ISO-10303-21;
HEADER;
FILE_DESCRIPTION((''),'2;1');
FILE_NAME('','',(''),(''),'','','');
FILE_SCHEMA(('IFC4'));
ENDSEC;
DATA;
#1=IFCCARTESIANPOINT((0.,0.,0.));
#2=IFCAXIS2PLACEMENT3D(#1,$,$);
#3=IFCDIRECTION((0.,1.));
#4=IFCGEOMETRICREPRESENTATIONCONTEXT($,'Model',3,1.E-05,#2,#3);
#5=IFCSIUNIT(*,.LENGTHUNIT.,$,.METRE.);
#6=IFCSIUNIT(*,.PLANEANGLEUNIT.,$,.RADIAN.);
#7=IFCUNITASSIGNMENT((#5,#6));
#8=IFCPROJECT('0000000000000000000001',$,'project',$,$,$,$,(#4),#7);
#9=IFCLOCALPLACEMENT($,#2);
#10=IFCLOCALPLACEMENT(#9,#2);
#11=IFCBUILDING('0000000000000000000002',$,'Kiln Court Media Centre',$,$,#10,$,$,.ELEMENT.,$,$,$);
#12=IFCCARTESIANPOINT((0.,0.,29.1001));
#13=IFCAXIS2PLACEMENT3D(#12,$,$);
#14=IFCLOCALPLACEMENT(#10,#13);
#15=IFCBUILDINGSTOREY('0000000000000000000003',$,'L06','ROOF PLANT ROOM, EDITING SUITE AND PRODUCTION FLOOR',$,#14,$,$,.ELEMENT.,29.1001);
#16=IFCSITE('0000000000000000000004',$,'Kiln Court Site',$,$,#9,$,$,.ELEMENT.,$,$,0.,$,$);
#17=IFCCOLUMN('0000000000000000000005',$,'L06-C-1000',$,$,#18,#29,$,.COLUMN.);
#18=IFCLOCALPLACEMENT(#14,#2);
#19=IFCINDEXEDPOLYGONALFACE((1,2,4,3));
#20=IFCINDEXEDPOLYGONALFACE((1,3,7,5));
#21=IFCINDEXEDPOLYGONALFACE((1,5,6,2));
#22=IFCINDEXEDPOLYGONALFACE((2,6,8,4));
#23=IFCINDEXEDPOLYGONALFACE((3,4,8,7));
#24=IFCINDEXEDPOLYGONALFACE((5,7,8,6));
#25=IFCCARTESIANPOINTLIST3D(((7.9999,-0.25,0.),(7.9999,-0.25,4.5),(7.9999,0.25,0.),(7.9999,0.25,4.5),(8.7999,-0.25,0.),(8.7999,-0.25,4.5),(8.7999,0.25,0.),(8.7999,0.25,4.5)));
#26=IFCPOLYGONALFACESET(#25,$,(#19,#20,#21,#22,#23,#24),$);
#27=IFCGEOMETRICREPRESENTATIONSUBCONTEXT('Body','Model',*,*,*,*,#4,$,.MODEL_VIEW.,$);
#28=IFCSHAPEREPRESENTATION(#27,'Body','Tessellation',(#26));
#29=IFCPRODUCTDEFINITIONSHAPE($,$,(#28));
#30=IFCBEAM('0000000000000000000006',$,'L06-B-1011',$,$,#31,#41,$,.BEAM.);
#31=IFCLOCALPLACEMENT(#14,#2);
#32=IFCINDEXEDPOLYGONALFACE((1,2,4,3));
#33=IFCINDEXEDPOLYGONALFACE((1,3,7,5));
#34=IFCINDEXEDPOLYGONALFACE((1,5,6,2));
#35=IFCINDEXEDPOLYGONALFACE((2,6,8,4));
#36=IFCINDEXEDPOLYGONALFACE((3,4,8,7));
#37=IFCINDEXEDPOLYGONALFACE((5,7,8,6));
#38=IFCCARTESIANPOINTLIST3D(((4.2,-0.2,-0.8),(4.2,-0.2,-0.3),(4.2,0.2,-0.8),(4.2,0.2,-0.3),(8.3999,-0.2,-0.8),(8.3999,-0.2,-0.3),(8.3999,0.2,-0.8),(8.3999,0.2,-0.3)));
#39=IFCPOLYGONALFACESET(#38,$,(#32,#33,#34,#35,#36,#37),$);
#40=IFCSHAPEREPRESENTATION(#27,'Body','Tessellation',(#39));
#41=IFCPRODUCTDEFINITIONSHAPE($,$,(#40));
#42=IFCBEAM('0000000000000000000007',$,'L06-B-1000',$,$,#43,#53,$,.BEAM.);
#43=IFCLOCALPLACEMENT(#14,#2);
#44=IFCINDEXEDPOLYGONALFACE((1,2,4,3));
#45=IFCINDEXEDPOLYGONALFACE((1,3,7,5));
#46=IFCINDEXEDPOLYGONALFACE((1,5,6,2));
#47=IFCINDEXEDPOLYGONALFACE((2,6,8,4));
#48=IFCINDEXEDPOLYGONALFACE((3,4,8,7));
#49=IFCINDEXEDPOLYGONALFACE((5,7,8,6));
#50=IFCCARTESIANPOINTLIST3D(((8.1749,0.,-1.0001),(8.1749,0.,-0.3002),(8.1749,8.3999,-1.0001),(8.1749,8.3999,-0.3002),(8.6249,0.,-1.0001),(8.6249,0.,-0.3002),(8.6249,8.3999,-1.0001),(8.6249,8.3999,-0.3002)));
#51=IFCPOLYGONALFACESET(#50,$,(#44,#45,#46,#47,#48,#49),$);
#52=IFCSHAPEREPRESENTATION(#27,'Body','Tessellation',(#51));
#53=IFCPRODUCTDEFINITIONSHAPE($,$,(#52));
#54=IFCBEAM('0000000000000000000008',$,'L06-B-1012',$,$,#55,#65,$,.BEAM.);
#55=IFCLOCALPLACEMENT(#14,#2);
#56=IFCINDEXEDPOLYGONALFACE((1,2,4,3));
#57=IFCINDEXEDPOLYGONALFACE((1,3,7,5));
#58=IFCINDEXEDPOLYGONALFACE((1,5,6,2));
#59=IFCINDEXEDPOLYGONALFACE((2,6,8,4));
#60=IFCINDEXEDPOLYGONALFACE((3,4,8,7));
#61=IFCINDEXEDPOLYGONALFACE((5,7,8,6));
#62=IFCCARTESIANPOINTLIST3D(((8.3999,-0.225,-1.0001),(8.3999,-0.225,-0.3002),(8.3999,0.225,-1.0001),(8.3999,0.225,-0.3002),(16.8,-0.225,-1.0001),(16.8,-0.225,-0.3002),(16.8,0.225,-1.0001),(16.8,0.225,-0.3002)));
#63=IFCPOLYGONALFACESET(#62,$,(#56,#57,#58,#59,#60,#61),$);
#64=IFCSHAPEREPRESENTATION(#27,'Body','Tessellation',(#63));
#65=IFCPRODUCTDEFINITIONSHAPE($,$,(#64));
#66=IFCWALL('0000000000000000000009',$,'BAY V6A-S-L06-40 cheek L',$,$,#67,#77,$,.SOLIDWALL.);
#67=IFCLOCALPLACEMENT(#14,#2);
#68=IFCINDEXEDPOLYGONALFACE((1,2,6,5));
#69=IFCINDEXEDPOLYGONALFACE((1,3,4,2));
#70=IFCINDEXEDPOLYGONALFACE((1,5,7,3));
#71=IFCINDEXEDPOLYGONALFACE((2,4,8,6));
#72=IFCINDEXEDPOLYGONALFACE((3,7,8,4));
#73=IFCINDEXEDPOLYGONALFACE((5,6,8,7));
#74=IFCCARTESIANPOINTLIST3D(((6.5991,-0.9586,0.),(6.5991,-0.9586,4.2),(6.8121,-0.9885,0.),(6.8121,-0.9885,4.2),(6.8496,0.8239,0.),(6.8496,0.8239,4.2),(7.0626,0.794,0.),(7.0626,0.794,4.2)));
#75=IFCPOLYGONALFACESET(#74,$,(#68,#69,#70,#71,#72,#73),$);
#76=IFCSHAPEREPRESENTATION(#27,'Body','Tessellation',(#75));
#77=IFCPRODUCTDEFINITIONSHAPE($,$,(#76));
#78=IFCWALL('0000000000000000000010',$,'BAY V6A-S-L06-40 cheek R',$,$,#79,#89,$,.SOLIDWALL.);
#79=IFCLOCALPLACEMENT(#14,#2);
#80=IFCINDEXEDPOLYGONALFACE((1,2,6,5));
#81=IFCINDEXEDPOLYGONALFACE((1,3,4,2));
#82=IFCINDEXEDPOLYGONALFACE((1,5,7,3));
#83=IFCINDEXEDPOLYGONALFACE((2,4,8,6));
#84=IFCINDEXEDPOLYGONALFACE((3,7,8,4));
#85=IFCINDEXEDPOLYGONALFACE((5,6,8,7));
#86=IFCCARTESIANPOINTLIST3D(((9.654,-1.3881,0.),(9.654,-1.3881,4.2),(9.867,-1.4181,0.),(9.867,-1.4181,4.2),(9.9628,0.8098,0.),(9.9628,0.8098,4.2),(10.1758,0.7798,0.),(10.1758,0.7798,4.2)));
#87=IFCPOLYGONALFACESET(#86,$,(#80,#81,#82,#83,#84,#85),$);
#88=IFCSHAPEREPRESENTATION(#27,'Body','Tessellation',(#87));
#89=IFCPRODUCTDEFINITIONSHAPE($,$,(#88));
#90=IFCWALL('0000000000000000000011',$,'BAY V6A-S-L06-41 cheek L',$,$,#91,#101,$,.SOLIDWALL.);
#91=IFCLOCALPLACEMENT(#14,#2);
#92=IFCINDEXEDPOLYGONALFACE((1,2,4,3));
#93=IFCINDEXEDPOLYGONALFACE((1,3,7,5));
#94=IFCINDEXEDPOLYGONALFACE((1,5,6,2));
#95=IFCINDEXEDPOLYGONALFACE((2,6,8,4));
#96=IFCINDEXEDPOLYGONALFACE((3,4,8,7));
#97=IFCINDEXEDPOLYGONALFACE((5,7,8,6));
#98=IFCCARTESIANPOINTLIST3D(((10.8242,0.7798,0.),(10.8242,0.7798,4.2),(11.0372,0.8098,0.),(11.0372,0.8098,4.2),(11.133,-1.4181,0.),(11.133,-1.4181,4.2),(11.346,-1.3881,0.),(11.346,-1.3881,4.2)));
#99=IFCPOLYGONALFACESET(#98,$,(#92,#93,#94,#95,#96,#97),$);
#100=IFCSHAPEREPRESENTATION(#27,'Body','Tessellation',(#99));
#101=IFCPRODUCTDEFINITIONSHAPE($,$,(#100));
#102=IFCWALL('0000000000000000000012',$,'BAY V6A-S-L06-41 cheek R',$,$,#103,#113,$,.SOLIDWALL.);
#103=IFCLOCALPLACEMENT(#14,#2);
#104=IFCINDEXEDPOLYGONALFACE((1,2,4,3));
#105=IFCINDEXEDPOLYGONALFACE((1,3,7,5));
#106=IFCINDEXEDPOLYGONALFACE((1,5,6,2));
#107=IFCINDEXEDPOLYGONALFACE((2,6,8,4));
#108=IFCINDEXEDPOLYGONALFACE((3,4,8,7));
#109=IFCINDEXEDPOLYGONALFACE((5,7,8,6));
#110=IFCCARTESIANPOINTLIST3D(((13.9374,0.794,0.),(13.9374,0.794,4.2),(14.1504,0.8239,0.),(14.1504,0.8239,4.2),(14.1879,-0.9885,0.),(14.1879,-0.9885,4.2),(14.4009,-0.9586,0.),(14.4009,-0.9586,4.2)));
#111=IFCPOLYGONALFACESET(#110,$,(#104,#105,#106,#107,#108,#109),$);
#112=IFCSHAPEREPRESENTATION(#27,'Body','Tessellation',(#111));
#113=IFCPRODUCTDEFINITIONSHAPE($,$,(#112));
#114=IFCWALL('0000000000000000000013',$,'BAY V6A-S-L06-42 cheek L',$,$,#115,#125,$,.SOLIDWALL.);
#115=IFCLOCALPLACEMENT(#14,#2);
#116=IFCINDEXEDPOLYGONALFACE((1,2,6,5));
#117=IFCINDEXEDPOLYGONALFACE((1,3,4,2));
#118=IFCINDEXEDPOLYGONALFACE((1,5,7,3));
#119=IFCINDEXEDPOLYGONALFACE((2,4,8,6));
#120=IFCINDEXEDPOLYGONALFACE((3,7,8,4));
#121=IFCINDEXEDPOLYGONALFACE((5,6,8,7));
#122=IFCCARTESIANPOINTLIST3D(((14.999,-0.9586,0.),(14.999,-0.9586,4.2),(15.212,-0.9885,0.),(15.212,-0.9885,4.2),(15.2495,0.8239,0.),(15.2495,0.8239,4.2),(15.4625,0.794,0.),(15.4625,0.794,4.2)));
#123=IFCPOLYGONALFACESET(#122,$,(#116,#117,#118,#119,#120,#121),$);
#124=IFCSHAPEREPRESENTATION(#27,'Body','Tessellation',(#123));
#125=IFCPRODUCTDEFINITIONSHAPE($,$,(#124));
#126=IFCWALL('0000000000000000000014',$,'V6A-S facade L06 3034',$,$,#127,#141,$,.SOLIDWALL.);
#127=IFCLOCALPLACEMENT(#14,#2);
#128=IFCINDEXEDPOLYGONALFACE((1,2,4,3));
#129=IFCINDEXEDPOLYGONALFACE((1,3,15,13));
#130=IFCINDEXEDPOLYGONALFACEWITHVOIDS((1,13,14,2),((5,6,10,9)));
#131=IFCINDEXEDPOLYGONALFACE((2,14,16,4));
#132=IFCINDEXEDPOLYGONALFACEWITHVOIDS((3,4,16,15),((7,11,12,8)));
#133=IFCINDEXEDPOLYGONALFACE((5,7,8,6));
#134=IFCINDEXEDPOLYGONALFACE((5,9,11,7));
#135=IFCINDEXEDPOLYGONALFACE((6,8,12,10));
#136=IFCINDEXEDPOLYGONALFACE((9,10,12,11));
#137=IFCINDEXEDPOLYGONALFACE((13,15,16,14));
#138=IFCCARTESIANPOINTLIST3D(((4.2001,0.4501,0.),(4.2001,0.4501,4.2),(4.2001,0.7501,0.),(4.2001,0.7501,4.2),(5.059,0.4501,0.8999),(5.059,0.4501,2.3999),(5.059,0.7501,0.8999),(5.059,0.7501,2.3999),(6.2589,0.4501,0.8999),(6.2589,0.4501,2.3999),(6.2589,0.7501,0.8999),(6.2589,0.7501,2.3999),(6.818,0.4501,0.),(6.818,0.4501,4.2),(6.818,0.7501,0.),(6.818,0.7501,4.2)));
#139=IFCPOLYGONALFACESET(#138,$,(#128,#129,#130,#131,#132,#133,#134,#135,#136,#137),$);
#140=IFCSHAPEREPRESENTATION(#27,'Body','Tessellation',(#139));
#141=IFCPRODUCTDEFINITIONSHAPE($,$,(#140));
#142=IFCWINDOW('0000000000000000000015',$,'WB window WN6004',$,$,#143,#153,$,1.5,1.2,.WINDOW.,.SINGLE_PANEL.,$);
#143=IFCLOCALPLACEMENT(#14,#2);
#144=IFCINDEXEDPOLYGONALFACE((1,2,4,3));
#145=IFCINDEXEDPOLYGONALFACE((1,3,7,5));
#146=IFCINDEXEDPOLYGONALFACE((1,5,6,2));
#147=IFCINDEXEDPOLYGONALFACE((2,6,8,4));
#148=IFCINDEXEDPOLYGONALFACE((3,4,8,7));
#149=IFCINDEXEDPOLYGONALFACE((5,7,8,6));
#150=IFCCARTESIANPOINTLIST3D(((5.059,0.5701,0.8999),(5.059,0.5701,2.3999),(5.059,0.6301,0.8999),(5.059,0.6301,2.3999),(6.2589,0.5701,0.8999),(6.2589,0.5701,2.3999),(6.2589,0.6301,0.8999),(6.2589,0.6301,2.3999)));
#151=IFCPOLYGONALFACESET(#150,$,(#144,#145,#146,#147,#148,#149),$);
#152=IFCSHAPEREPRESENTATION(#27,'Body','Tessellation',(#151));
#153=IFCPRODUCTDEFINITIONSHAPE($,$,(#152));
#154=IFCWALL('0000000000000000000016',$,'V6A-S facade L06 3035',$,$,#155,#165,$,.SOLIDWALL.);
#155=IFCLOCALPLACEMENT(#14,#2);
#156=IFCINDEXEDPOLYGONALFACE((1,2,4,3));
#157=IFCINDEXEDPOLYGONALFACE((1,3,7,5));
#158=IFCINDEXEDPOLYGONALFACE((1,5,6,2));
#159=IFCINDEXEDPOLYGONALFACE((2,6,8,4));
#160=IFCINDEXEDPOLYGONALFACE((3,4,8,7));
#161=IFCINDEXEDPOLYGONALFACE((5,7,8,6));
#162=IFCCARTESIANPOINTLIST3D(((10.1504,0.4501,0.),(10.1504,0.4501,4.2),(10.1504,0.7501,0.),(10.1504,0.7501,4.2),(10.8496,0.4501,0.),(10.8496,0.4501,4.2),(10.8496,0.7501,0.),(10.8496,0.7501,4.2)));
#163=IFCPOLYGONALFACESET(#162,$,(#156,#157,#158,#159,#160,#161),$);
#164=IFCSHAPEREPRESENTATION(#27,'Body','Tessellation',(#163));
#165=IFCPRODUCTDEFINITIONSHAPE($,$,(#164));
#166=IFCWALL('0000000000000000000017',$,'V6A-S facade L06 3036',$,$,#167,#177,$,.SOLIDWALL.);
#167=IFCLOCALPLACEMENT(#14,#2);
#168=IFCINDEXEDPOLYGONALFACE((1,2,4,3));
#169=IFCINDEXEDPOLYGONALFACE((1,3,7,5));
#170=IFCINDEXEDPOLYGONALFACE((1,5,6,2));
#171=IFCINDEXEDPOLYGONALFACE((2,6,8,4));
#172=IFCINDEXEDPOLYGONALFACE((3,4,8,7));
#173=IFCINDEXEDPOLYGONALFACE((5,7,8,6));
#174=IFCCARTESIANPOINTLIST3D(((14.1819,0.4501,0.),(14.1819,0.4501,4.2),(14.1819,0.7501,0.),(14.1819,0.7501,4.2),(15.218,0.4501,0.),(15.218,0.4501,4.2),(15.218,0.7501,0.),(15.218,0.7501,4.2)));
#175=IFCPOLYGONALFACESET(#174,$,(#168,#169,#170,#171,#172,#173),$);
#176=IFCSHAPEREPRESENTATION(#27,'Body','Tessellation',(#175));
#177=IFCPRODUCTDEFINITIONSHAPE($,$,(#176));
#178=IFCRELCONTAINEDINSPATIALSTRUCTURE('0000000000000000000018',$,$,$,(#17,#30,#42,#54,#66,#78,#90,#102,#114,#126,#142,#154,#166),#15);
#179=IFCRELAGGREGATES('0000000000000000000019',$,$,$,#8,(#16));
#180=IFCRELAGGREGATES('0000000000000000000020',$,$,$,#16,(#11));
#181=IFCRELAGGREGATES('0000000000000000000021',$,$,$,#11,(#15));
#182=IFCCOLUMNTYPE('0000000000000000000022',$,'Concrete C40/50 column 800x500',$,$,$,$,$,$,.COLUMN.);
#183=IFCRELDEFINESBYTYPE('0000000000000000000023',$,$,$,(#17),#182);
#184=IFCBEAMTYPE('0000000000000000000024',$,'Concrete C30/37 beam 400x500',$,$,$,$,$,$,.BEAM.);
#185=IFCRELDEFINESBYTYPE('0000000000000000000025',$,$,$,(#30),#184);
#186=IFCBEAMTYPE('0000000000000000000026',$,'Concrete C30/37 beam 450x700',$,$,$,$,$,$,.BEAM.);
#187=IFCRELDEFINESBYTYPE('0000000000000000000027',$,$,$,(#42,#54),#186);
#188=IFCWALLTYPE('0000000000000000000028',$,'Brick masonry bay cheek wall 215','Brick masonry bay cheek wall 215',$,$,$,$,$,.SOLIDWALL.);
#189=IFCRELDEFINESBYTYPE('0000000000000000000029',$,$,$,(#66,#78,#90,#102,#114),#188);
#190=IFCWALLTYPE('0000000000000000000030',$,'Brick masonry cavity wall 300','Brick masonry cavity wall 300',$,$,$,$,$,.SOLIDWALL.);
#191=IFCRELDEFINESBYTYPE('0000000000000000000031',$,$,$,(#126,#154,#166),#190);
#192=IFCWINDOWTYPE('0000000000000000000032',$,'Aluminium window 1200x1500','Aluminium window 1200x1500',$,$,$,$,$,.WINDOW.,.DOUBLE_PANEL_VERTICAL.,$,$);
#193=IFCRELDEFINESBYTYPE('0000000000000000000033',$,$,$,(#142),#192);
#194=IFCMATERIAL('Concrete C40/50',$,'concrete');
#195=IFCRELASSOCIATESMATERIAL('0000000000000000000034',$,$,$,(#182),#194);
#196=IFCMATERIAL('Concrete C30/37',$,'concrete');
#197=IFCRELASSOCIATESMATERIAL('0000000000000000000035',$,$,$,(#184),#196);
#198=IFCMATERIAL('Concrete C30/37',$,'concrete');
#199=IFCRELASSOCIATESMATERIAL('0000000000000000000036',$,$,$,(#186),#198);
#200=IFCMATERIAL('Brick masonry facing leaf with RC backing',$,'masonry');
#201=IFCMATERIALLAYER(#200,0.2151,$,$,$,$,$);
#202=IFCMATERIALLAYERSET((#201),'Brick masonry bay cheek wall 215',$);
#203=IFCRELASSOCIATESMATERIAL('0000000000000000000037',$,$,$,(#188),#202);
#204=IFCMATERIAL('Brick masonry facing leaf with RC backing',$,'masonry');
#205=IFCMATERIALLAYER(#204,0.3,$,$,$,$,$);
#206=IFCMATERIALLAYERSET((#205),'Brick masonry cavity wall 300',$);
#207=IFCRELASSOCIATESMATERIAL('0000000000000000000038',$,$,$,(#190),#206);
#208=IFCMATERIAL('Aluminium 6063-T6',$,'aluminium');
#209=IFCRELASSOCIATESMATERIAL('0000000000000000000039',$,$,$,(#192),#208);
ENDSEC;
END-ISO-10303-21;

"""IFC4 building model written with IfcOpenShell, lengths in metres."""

from ifc_helpers import new_model, si_unit, direction, frame, frame_2d, origin, origin_2d, place, context, subcontext, project, spatial, rectangle, extrude, material, layer, layer_set, material_profile, profile_set, type_object, element, fill, save


model = new_model("IFC4")

# Units and contexts
model_context = context("Model", 3, precision=1e-05, world=origin(), true_north=direction((0.0, 1.0)))
body_context = subcontext(model_context, "Body", "Model", "MODEL_VIEW")
ifc_project = project(units=[si_unit("LENGTHUNIT", "METRE"), si_unit("PLANEANGLEUNIT", "RADIAN")], contexts=[model_context])

# Site, building, storey
site_placement = place(None, origin())
site = spatial("IfcSite", under=ifc_project, at=site_placement, Name="Kiln Court Site", CompositionType="ELEMENT", RefElevation=0.0)
building_placement = place(site_placement, origin())
building = spatial("IfcBuilding", under=site, at=building_placement, Name="Kiln Court Media Centre", CompositionType="ELEMENT")
storey_placement = place(building_placement, frame((0.0, 0.0, 29.1001)))
storey = spatial("IfcBuildingStorey", under=building, at=storey_placement, Name="L06", Description="ROOF PLANT ROOM, EDITING SUITE AND PRODUCTION FLOOR", CompositionType="ELEMENT", Elevation=29.1001)

# Column
ifc_material_1 = material(Name="Concrete C40/50", Category="concrete")
ifc_material_profile_1 = material_profile(ifc_material_1, rectangle(XDim=0.8, YDim=0.5, at=origin_2d()), Name="RC 800x500")
ifc_profile_set_1 = profile_set([ifc_material_profile_1], Name="Concrete C40/50")
column_type = type_object("IfcColumnType", Name="Concrete C40/50 column 800x500", PredefinedType="COLUMN", material=ifc_profile_set_1)
column_placement = place(storey_placement, frame((8.3999, 0.0, 0.0), z_axis=(0.0, 0.0, 1.0), x_axis=(1.0, 0.0, 0.0)))
element("IfcColumn", 1, at=column_placement, inside=storey, type_object=column_type, Name="L06-C-1000", PredefinedType="COLUMN", context=body_context, shape_type="SweptSolid", body=[
    extrude(rectangle(XDim=0.8, YDim=0.5, at=origin_2d()), origin(), (0.0, 0.0, 1.0), 4.5),
])

# Beams
ifc_material_2 = material(Name="Concrete C30/37", Category="concrete")
ifc_material_profile_2 = material_profile(ifc_material_2, rectangle(XDim=0.3999, YDim=0.5, at=origin_2d()), Name="RC 400x500")
ifc_profile_set_2 = profile_set([ifc_material_profile_2], Name="Concrete C30/37")
beam_type_1 = type_object("IfcBeamType", Name="Concrete C30/37 beam 400x500", PredefinedType="BEAM", material=ifc_profile_set_2)
beam_1_placement = place(storey_placement, frame((4.2, 0.0, -0.55), z_axis=(1.0, 0.0, 0.0), x_axis=(0.0, 1.0, 0.0)))
element("IfcBeam", 2, at=beam_1_placement, inside=storey, type_object=beam_type_1, Name="L06-B-1011", PredefinedType="BEAM", context=body_context, shape_type="SweptSolid", body=[
    extrude(rectangle(XDim=0.3999, YDim=0.5, at=origin_2d()), origin(), (0.0, 0.0, 1.0), 4.2),
])
ifc_material_3 = material(Name="Concrete C30/37", Category="concrete")
ifc_material_profile_3 = material_profile(ifc_material_3, rectangle(XDim=0.45, YDim=0.7, at=origin_2d()), Name="RC 450x700")
ifc_profile_set_3 = profile_set([ifc_material_profile_3], Name="Concrete C30/37")
beam_type_2 = type_object("IfcBeamType", Name="Concrete C30/37 beam 450x700", PredefinedType="BEAM", material=ifc_profile_set_3)
beam_2_placement = place(storey_placement, frame((8.3999, 0.0, -0.6501), z_axis=(0.0, 1.0, 0.0), x_axis=(-1.0, 0.0, 0.0)))
element("IfcBeam", 3, at=beam_2_placement, inside=storey, type_object=beam_type_2, Name="L06-B-1000", PredefinedType="BEAM", context=body_context, shape_type="SweptSolid", body=[
    extrude(rectangle(XDim=0.45, YDim=0.7, at=origin_2d()), origin(), (0.0, 0.0, 1.0), 8.3999),
])
beam_3_placement = place(storey_placement, frame((8.3999, 0.0, -0.6501), z_axis=(1.0, 0.0, 0.0), x_axis=(0.0, 1.0, 0.0)))
element("IfcBeam", 4, at=beam_3_placement, inside=storey, type_object=beam_type_2, Name="L06-B-1012", PredefinedType="BEAM", context=body_context, shape_type="SweptSolid", body=[
    extrude(rectangle(XDim=0.45, YDim=0.7, at=origin_2d()), origin(), (0.0, 0.0, 1.0), 8.4001),
])

# Walls
ifc_material_4 = material(Name="Brick masonry facing leaf with RC backing", Category="masonry")
ifc_layer_1 = layer(ifc_material_4, 0.2151)
ifc_layer_set_1 = layer_set([ifc_layer_1], Name="Brick masonry bay cheek wall 215")
wall_type_1 = type_object("IfcWallType", Name="Brick masonry bay cheek wall 215", Description="Brick masonry bay cheek wall 215", PredefinedType="SOLIDWALL", material=ifc_layer_set_1)
wall_1_placement = place(storey_placement, frame((6.9561, 0.8088, 0.0), z_axis=(0.0, 0.0, 1.0), x_axis=(-0.139161, -0.99027, 0.0)))
element("IfcWall", 5, at=wall_1_placement, inside=storey, type_object=wall_type_1, Name="BAY V6A-S-L06-40 cheek L", PredefinedType="SOLIDWALL", context=body_context, shape_type="SweptSolid", body=[
    extrude(rectangle(XDim=1.8, YDim=0.2151, at=frame_2d((0.8999, 0.0))), origin(), (0.0, 0.0, 1.0), 4.2),
])
for number, where, z_axis, x_axis, name in (
    (6, (10.0693, 0.7949, 0.0), (0.0, 0.0, 1.0), (-0.139142, -0.990272, 0.0), "BAY V6A-S-L06-40 cheek R"),
    (7, (10.9307, 0.7949, 0.0), (0.0, 0.0, 1.0), (0.139142, -0.990272, 0.0), "BAY V6A-S-L06-41 cheek L"),
):
    element("IfcWall", number, at=place(storey_placement, frame(where, z_axis=z_axis, x_axis=x_axis)), inside=storey, type_object=wall_type_1, Name=name, PredefinedType="SOLIDWALL", context=body_context, shape_type="SweptSolid", body=[
        extrude(rectangle(XDim=2.2195, YDim=0.2151, at=frame_2d((1.1099, 0.0))), origin(), (0.0, 0.0, 1.0), 4.2),
    ])
for number, where, z_axis, x_axis, name in (
    (8, (14.0439, 0.8088, 0.0), (0.0, 0.0, 1.0), (0.139161, -0.99027, 0.0), "BAY V6A-S-L06-41 cheek R"),
    (9, (15.356, 0.8088, 0.0), (0.0, 0.0, 1.0), (-0.139161, -0.99027, 0.0), "BAY V6A-S-L06-42 cheek L"),
):
    element("IfcWall", number, at=place(storey_placement, frame(where, z_axis=z_axis, x_axis=x_axis)), inside=storey, type_object=wall_type_1, Name=name, PredefinedType="SOLIDWALL", context=body_context, shape_type="SweptSolid", body=[
        extrude(rectangle(XDim=1.8, YDim=0.2151, at=frame_2d((0.8999, 0.0))), origin(), (0.0, 0.0, 1.0), 4.2),
    ])

# Wall, opening, window
ifc_material_5 = material(Name="Brick masonry facing leaf with RC backing", Category="masonry")
ifc_layer_2 = layer(ifc_material_5, 0.3)
ifc_layer_set_2 = layer_set([ifc_layer_2], Name="Brick masonry cavity wall 300")
wall_type_2 = type_object("IfcWallType", Name="Brick masonry cavity wall 300", Description="Brick masonry cavity wall 300", PredefinedType="SOLIDWALL", material=ifc_layer_set_2)
wall_2_placement = place(storey_placement, frame((6.8181, 0.6001, 0.0), z_axis=(0.0, 0.0, 1.0), x_axis=(-1.0, 0.0, 0.0)))
wall_2 = element("IfcWall", 10, at=wall_2_placement, inside=storey, type_object=wall_type_2, Name="V6A-S facade L06 3034", PredefinedType="SOLIDWALL", context=body_context, shape_type="SweptSolid", body=[
    extrude(rectangle(XDim=2.6179, YDim=0.3, at=frame_2d((1.3091, 0.0))), origin(), (0.0, 0.0, 1.0), 4.2),
])
opening_1_placement = place(wall_2_placement, frame((0.5591, 0.0, 0.8999)))
opening_1 = element("IfcOpeningElement", 11, at=opening_1_placement, cuts=wall_2, PredefinedType="OPENING", context=body_context, shape_type="SweptSolid", body=[
    extrude(rectangle(XDim=1.2, YDim=1.5, at=frame_2d((0.6001, 0.75))), frame((0.0, 0.1599, 0.0), z_axis=(0.0, -1.0, 0.0), x_axis=(1.0, 0.0, 0.0)), (0.0, 0.0, 1.0), 0.3201),
])
ifc_material_6 = material(Name="Aluminium 6063-T6", Category="aluminium")
window_type = type_object("IfcWindowType", Name="Aluminium window 1200x1500", Description="Aluminium window 1200x1500", PartitioningType="DOUBLE_PANEL_VERTICAL", PredefinedType="WINDOW", material=ifc_material_6)
window_placement = place(opening_1_placement, origin())
window = element("IfcWindow", 12, at=window_placement, inside=storey, type_object=window_type, Name="WB window WN6004", OverallHeight=1.5, OverallWidth=1.2, PartitioningType="SINGLE_PANEL", PredefinedType="WINDOW", context=body_context, shape_type="SweptSolid", body=[
    extrude(rectangle(XDim=1.2, YDim=1.5, at=frame_2d((0.6001, 0.75))), frame((0.0, 0.03, 0.0), z_axis=(0.0, -1.0, 0.0), x_axis=(1.0, 0.0, 0.0)), (0.0, 0.0, 1.0), 0.0601),
])
fill(opening_1, window)

# Walls
wall_3_placement = place(storey_placement, frame((10.8496, 0.6001, 0.0), z_axis=(0.0, 0.0, 1.0), x_axis=(-1.0, 0.0, 0.0)))
element("IfcWall", 13, at=wall_3_placement, inside=storey, type_object=wall_type_2, Name="V6A-S facade L06 3035", PredefinedType="SOLIDWALL", context=body_context, shape_type="SweptSolid", body=[
    extrude(rectangle(XDim=0.6992, YDim=0.3, at=frame_2d((0.3496, 0.0))), origin(), (0.0, 0.0, 1.0), 4.2),
])
wall_4_placement = place(storey_placement, frame((15.218, 0.6001, 0.0), z_axis=(0.0, 0.0, 1.0), x_axis=(-1.0, 0.0, 0.0)))
element("IfcWall", 14, at=wall_4_placement, inside=storey, type_object=wall_type_2, Name="V6A-S facade L06 3036", PredefinedType="SOLIDWALL", context=body_context, shape_type="SweptSolid", body=[
    extrude(rectangle(XDim=1.0361, YDim=0.3, at=frame_2d((0.5181, 0.0))), origin(), (0.0, 0.0, 1.0), 4.2),
])

save(model, "model.ifc")
